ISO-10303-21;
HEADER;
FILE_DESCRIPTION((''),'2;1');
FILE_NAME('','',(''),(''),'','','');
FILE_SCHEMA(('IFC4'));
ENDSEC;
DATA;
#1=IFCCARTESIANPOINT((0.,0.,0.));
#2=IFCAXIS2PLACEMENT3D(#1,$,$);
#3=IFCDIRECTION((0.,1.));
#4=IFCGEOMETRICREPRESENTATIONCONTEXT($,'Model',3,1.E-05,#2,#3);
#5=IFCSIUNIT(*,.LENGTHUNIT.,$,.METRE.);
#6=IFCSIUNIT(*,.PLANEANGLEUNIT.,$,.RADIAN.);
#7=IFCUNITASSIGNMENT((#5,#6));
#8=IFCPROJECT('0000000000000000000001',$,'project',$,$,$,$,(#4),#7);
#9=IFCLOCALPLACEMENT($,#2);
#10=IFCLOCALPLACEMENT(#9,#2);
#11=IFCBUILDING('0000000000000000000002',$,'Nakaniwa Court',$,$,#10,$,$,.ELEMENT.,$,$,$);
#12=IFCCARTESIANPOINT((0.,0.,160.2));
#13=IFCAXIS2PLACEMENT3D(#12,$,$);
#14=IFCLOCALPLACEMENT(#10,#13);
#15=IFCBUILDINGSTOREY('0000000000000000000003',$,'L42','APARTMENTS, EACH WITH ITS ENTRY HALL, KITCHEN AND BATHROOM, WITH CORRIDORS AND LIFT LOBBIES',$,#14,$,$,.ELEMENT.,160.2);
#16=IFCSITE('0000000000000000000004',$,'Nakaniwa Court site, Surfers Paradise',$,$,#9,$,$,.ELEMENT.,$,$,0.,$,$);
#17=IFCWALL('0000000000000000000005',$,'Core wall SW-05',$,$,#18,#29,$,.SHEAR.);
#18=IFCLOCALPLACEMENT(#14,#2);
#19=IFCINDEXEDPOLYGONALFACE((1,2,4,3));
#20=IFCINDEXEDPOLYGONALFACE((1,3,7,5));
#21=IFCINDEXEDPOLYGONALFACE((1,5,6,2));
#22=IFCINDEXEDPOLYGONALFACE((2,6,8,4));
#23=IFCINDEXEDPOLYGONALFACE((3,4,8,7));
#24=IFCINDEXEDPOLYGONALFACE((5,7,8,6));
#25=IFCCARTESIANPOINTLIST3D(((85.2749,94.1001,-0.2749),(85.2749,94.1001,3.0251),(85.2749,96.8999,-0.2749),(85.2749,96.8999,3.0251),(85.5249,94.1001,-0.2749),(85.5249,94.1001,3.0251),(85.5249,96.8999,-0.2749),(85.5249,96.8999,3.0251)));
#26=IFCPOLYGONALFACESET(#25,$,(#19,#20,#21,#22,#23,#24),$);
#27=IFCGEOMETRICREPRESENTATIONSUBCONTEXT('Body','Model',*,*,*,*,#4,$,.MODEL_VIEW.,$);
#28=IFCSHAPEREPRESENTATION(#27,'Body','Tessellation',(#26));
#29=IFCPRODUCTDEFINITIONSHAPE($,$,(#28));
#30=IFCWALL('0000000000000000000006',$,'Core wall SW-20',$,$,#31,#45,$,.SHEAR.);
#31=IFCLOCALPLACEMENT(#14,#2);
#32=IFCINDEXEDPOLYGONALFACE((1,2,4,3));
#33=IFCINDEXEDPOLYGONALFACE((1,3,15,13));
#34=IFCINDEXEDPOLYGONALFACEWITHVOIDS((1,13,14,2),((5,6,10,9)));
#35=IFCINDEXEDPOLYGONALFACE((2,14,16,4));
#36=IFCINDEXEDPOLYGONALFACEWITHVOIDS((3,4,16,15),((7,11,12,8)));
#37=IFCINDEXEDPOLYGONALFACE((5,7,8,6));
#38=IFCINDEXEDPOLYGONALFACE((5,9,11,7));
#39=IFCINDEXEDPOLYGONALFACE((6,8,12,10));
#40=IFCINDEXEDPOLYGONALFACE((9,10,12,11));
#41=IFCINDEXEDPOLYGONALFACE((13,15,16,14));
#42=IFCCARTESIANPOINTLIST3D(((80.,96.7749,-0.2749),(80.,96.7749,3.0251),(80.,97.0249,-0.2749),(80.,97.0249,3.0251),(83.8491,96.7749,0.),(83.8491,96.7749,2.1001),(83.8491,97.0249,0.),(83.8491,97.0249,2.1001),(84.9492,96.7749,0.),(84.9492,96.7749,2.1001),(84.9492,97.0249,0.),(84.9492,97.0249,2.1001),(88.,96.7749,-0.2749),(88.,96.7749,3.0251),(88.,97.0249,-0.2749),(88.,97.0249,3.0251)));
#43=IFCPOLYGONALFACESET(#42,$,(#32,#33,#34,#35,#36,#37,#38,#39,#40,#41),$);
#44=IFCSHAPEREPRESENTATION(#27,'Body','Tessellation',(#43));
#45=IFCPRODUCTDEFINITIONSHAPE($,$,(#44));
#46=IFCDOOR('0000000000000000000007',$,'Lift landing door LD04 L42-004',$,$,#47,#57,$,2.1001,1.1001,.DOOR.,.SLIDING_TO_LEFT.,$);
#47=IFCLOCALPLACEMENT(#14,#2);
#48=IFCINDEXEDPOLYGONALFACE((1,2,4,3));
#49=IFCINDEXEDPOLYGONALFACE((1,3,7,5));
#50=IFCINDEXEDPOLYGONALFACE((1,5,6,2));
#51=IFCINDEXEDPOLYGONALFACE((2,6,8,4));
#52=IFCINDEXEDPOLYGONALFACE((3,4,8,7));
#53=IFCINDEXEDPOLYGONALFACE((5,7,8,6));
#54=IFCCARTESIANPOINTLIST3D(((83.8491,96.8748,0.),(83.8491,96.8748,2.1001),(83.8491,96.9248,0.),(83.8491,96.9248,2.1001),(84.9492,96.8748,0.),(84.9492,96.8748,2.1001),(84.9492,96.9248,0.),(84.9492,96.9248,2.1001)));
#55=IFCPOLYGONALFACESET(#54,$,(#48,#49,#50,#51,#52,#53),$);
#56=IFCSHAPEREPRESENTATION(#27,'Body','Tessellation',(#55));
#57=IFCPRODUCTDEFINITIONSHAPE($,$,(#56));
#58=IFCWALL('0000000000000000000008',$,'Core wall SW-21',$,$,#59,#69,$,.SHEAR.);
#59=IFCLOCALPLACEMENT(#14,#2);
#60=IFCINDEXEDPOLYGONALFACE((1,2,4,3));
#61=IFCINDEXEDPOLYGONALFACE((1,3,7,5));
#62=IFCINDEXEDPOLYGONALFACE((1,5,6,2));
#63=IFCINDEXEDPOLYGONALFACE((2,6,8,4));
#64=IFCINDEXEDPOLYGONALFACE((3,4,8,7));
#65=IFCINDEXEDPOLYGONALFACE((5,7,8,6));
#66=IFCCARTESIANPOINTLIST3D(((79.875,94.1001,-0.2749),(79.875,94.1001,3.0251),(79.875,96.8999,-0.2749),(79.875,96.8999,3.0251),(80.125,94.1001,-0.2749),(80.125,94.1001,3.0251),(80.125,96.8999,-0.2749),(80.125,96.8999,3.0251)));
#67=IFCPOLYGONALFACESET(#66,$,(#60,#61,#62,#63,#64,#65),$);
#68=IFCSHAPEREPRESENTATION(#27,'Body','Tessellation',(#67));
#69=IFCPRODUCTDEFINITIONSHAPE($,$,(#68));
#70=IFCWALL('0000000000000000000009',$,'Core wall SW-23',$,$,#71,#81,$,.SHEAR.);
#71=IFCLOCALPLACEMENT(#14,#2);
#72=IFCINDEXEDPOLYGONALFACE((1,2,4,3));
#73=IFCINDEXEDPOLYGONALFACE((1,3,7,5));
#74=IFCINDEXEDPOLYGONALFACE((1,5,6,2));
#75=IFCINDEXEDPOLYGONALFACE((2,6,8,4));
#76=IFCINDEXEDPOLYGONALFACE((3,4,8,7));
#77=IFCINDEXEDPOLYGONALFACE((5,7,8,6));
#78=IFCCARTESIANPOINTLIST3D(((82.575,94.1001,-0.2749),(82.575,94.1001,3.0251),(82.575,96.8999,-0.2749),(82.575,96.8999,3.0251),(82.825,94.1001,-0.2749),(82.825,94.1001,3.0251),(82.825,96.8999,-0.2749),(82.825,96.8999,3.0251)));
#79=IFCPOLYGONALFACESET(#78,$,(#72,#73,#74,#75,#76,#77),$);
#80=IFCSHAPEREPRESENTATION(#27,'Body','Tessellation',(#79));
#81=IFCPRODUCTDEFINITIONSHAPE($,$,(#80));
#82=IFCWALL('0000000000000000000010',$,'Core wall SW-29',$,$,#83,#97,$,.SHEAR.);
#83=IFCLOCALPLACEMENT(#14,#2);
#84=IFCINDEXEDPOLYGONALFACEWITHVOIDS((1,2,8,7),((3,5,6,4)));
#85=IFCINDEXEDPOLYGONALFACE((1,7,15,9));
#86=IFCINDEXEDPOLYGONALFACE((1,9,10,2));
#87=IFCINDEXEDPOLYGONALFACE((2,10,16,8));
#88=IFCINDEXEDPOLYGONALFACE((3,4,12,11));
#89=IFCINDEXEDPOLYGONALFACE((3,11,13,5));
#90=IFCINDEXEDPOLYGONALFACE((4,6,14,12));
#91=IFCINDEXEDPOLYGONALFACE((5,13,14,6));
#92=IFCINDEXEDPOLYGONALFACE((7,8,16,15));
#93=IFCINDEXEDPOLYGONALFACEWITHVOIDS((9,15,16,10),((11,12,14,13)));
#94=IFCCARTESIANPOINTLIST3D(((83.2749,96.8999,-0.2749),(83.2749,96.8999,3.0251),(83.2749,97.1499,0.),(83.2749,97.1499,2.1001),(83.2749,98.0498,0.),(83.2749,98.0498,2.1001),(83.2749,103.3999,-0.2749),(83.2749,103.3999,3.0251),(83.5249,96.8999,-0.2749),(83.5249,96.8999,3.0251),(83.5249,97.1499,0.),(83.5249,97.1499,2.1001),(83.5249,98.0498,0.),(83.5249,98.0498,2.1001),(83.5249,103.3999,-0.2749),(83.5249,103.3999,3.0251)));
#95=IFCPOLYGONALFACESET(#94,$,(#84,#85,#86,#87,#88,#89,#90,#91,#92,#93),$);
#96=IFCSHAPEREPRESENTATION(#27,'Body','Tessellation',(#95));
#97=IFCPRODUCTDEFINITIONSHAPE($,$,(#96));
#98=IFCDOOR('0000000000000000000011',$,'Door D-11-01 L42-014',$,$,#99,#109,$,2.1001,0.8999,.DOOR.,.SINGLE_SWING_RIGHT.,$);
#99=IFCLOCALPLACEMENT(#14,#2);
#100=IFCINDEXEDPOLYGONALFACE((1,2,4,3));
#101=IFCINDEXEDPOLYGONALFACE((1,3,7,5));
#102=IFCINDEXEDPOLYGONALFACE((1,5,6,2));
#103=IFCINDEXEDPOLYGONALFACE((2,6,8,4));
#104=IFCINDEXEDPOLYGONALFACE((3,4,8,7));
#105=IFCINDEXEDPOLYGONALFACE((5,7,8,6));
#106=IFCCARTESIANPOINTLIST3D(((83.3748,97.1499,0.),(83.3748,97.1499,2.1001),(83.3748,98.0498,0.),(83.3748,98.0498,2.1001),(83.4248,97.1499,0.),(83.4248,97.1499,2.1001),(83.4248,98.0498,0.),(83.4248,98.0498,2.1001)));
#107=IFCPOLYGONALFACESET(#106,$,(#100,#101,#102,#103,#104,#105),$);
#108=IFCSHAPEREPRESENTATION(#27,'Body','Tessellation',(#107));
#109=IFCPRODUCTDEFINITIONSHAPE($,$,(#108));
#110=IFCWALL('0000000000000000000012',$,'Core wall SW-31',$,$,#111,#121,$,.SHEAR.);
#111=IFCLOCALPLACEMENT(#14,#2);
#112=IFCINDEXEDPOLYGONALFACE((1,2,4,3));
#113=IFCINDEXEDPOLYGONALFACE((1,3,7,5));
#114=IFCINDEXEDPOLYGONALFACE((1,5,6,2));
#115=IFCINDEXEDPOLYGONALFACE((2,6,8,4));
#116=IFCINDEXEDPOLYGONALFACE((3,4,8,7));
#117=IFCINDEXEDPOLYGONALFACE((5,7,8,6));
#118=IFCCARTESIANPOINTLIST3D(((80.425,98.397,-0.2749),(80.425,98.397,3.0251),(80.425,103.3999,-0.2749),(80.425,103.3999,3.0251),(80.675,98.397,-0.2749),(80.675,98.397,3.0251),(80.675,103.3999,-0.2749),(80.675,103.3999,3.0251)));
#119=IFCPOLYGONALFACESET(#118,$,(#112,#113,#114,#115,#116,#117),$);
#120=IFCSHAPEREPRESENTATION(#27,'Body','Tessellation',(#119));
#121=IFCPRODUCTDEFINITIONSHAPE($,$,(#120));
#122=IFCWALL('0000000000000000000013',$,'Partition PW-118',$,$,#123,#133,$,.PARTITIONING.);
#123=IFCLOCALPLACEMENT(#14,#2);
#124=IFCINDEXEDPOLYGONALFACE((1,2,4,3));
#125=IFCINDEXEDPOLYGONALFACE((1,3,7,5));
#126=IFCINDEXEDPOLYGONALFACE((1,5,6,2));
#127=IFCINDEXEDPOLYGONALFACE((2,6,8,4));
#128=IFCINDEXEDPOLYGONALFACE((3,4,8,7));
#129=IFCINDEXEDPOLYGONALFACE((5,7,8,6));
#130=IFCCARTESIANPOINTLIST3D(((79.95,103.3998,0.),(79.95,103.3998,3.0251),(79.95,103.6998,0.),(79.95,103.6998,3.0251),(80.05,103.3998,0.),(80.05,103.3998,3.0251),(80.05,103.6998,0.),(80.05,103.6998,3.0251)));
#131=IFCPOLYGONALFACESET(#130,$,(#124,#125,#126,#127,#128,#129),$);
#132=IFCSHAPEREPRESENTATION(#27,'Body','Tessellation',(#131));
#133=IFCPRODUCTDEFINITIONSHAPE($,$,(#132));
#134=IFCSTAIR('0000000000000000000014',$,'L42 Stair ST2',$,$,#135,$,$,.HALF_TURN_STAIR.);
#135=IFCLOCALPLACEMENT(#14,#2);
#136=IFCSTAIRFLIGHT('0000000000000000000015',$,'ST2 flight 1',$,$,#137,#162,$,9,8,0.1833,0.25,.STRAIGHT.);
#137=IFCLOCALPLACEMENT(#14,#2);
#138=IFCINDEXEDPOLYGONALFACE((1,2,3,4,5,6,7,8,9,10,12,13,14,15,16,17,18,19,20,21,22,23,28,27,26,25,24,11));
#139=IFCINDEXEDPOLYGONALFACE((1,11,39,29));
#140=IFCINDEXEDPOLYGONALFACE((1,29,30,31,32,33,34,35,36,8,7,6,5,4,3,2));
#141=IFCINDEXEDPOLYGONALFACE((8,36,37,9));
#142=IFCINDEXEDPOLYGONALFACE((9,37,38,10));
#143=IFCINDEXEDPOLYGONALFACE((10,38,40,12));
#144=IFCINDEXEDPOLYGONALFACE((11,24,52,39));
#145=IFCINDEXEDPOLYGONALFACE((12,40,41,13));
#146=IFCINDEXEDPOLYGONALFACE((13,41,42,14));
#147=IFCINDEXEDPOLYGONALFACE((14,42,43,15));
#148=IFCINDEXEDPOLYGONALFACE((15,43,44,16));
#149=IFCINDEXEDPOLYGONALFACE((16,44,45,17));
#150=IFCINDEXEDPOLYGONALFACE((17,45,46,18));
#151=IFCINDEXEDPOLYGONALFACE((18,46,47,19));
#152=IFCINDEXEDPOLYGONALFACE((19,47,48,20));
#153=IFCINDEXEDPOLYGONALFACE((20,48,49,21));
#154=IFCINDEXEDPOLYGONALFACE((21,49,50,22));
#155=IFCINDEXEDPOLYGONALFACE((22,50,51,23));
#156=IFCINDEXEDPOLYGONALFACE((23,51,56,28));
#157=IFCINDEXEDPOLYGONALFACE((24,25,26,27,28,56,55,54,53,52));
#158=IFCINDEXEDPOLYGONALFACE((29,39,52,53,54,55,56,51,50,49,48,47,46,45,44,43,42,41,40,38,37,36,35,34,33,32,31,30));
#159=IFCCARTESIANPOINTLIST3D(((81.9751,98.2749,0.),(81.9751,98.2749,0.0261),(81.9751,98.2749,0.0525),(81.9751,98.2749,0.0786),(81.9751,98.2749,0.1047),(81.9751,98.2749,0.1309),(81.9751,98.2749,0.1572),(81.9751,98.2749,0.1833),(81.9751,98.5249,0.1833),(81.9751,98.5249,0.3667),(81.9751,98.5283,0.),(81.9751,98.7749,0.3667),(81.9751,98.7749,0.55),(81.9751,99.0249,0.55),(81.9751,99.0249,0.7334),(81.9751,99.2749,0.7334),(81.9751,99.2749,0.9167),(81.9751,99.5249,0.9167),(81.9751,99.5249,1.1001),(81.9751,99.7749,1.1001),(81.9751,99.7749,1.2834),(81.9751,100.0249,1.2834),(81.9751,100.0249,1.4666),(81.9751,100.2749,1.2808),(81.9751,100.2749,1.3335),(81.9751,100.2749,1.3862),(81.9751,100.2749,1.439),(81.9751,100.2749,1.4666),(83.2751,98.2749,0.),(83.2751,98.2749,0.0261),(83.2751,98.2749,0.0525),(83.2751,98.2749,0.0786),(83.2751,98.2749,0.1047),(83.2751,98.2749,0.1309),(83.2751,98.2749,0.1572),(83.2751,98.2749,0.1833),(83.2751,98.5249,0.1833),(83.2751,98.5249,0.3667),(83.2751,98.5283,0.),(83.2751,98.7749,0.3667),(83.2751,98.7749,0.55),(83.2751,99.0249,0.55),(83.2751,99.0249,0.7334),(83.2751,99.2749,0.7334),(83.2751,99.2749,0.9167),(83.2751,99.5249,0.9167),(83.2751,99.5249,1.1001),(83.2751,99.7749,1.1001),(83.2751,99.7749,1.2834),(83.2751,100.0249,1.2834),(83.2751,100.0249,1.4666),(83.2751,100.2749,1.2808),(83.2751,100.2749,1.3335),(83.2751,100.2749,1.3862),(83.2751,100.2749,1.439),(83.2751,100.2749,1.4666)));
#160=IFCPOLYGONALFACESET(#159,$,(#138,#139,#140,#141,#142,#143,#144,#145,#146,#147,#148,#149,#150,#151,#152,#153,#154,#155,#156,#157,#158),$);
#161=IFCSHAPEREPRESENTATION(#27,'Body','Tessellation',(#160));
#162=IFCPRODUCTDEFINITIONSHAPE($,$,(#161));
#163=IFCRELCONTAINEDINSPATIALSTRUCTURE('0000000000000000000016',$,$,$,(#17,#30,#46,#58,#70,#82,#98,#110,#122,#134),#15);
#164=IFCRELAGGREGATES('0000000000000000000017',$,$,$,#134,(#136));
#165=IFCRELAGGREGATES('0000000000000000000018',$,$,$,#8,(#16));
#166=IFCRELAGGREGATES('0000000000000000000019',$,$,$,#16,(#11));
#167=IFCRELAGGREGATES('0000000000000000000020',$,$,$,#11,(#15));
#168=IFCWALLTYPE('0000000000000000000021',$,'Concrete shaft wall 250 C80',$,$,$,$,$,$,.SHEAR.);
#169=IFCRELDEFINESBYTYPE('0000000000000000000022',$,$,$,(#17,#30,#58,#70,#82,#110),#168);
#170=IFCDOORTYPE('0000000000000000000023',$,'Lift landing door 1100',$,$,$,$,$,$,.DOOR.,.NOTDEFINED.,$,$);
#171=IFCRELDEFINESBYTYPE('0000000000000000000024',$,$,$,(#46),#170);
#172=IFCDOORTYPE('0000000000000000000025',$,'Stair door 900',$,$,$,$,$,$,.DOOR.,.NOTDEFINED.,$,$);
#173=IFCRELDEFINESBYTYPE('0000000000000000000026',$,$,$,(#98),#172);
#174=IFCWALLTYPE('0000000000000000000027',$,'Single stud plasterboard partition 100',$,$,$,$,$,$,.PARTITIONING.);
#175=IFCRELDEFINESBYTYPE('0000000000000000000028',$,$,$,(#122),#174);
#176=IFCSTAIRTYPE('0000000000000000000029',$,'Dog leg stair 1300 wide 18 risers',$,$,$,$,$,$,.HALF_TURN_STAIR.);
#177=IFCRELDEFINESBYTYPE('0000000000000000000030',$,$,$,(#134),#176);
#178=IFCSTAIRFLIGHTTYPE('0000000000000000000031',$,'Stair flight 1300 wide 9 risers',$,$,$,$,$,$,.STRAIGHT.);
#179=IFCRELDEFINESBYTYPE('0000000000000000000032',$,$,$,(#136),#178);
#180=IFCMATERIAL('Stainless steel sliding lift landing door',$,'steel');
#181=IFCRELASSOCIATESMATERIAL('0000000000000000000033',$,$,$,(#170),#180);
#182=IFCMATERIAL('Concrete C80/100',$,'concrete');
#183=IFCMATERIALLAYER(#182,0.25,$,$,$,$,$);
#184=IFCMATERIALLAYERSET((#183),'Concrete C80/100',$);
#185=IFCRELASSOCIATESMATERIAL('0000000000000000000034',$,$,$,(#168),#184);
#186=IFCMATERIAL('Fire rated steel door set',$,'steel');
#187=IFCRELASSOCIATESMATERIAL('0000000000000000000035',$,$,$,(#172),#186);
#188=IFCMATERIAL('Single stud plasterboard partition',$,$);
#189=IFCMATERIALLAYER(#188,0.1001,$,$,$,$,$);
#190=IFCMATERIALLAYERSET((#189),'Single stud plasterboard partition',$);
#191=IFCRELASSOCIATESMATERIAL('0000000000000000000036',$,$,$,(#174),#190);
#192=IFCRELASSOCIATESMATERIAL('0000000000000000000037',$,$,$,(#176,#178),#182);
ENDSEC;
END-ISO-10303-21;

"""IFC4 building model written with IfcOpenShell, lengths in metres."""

from ifc_helpers import new_model, si_unit, direction, frame, frame_2d, origin, place, context, subcontext, project, spatial, polyline, rectangle, outline, extrude, material, layer, layer_set, type_object, element, fill, aggregate, save


model = new_model("IFC4")

# Units and contexts
model_context = context("Model", 3, precision=1e-05, world=origin(), true_north=direction((0.0, 1.0)))
body_context = subcontext(model_context, "Body", "Model", "MODEL_VIEW")
ifc_project = project(units=[si_unit("LENGTHUNIT", "METRE"), si_unit("PLANEANGLEUNIT", "RADIAN")], contexts=[model_context])

# Site, building, storey
site_placement = place(None, origin())
site = spatial("IfcSite", under=ifc_project, at=site_placement, Name="Nakaniwa Court site, Surfers Paradise", CompositionType="ELEMENT", RefElevation=0.0)
building_placement = place(site_placement, origin())
building = spatial("IfcBuilding", under=site, at=building_placement, Name="Nakaniwa Court", CompositionType="ELEMENT")
storey_placement = place(building_placement, frame((0.0, 0.0, 160.2)))
storey = spatial("IfcBuildingStorey", under=building, at=storey_placement, Name="L42", Description="APARTMENTS, EACH WITH ITS ENTRY HALL, KITCHEN AND BATHROOM, WITH CORRIDORS AND LIFT LOBBIES", CompositionType="ELEMENT", Elevation=160.2)

# Shared definitions
ifc_material_1 = material(Name="Fire rated steel door set", Category="steel")
ifc_material_2 = material(Name="Concrete C80/100", Category="concrete")
ifc_material_3 = material(Name="Stainless steel sliding lift landing door", Category="steel")
door_type_1 = type_object("IfcDoorType", Name="Lift landing door 1100", OperationType="NOTDEFINED", PredefinedType="DOOR", material=ifc_material_3)

# Wall
ifc_layer_1 = layer(ifc_material_2, 0.25)
ifc_layer_set_1 = layer_set([ifc_layer_1], Name="Concrete C80/100")
wall_type_1 = type_object("IfcWallType", Name="Concrete shaft wall 250 C80", PredefinedType="SHEAR", material=ifc_layer_set_1)
wall_1_placement = place(storey_placement, frame((85.3999, 94.1001, -0.2749), z_axis=(0.0, 0.0, 1.0), x_axis=(0.0, 1.0, 0.0)))
element("IfcWall", 1, at=wall_1_placement, inside=storey, type_object=wall_type_1, Name="Core wall SW-05", PredefinedType="SHEAR", context=body_context, shape_type="SweptSolid", body=[
    extrude(rectangle(XDim=2.7998, YDim=0.25, at=frame_2d((1.3999, 0.0))), origin(), (0.0, 0.0, 1.0), 3.3),
])

# Wall, opening, door
wall_2_placement = place(storey_placement, frame((80.0, 96.8999, -0.2749), z_axis=(0.0, 0.0, 1.0), x_axis=(1.0, 0.0, 0.0)))
wall_2 = element("IfcWall", 2, at=wall_2_placement, inside=storey, type_object=wall_type_1, Name="Core wall SW-20", PredefinedType="SHEAR", context=body_context, shape_type="SweptSolid", body=[
    extrude(rectangle(XDim=8.0, YDim=0.25, at=frame_2d((4.0, 0.0))), origin(), (0.0, 0.0, 1.0), 3.3),
])
opening_1_placement = place(wall_2_placement, frame((3.8491, 0.0, 0.2749)))
opening_1 = element("IfcOpeningElement", 3, at=opening_1_placement, cuts=wall_2, PredefinedType="OPENING", context=body_context, shape_type="SweptSolid", body=[
    extrude(rectangle(XDim=1.1001, YDim=2.1001, at=frame_2d((0.55, 1.05))), frame((0.0, 0.135, 0.0), z_axis=(0.0, -1.0, 0.0), x_axis=(1.0, 0.0, 0.0)), (0.0, 0.0, 1.0), 0.27),
])
door_1_placement = place(opening_1_placement, origin())
door_1 = element("IfcDoor", 4, at=door_1_placement, inside=storey, type_object=door_type_1, Name="Lift landing door LD04 L42-004", OperationType="SLIDING_TO_LEFT", OverallHeight=2.1001, OverallWidth=1.1001, PredefinedType="DOOR", context=body_context, shape_type="SweptSolid", body=[
    extrude(rectangle(XDim=1.1001, YDim=2.1001, at=frame_2d((0.55, 1.05))), frame((0.0, 0.0249, 0.0), z_axis=(0.0, -1.0, 0.0), x_axis=(1.0, 0.0, 0.0)), (0.0, 0.0, 1.0), 0.05),
])
fill(opening_1, door_1)

# Walls
for number, where, z_axis, x_axis, name in (
    (5, (80.0, 94.1001, -0.2749), (0.0, 0.0, 1.0), (0.0, 1.0, 0.0), "Core wall SW-21"),
    (6, (82.7, 94.1001, -0.2749), (0.0, 0.0, 1.0), (0.0, 1.0, 0.0), "Core wall SW-23"),
):
    element("IfcWall", number, at=place(storey_placement, frame(where, z_axis=z_axis, x_axis=x_axis)), inside=storey, type_object=wall_type_1, Name=name, PredefinedType="SHEAR", context=body_context, shape_type="SweptSolid", body=[
        extrude(rectangle(XDim=2.7998, YDim=0.25, at=frame_2d((1.3999, 0.0))), origin(), (0.0, 0.0, 1.0), 3.3),
    ])

# Wall, opening, door
wall_3_placement = place(storey_placement, frame((83.3999, 103.3999, -0.2749), z_axis=(0.0, 0.0, 1.0), x_axis=(0.0, -1.0, 0.0)))
wall_3 = element("IfcWall", 7, at=wall_3_placement, inside=storey, type_object=wall_type_1, Name="Core wall SW-29", PredefinedType="SHEAR", context=body_context, shape_type="SweptSolid", body=[
    extrude(rectangle(XDim=6.5, YDim=0.25, at=frame_2d((3.25, 0.0))), origin(), (0.0, 0.0, 1.0), 3.3),
])
opening_2_placement = place(wall_3_placement, frame((5.3501, 0.0, 0.2749)))
opening_2 = element("IfcOpeningElement", 8, at=opening_2_placement, cuts=wall_3, PredefinedType="OPENING", context=body_context, shape_type="SweptSolid", body=[
    extrude(rectangle(XDim=0.8999, YDim=2.1001, at=frame_2d((0.45, 1.05))), frame((0.0, 0.135, 0.0), z_axis=(0.0, -1.0, 0.0), x_axis=(1.0, 0.0, 0.0)), (0.0, 0.0, 1.0), 0.27),
])
door_type_2 = type_object("IfcDoorType", Name="Stair door 900", OperationType="NOTDEFINED", PredefinedType="DOOR", material=ifc_material_1)
door_2_placement = place(opening_2_placement, origin())
door_2 = element("IfcDoor", 9, at=door_2_placement, inside=storey, type_object=door_type_2, Name="Door D-11-01 L42-014", OperationType="SINGLE_SWING_RIGHT", OverallHeight=2.1001, OverallWidth=0.8999, PredefinedType="DOOR", context=body_context, shape_type="SweptSolid", body=[
    extrude(rectangle(XDim=0.8999, YDim=2.1001, at=frame_2d((0.45, 1.05))), frame((0.0, 0.0249, 0.0), z_axis=(0.0, -1.0, 0.0), x_axis=(1.0, 0.0, 0.0)), (0.0, 0.0, 1.0), 0.05),
])
fill(opening_2, door_2)

# Walls
wall_4_placement = place(storey_placement, frame((80.55, 98.397, -0.2749), z_axis=(0.0, 0.0, 1.0), x_axis=(0.0, 1.0, 0.0)))
element("IfcWall", 10, at=wall_4_placement, inside=storey, type_object=wall_type_1, Name="Core wall SW-31", PredefinedType="SHEAR", context=body_context, shape_type="SweptSolid", body=[
    extrude(rectangle(XDim=5.0029, YDim=0.25, at=frame_2d((2.5015, 0.0))), origin(), (0.0, 0.0, 1.0), 3.3),
])
ifc_material_4 = material(Name="Single stud plasterboard partition")
ifc_layer_2 = layer(ifc_material_4, 0.1001)
ifc_layer_set_2 = layer_set([ifc_layer_2], Name="Single stud plasterboard partition")
wall_type_2 = type_object("IfcWallType", Name="Single stud plasterboard partition 100", PredefinedType="PARTITIONING", material=ifc_layer_set_2)
wall_5_placement = place(storey_placement, frame((80.0, 103.3999, 0.0), z_axis=(0.0, 0.0, 1.0), x_axis=(0.0, 1.0, 0.0)))
element("IfcWall", 11, at=wall_5_placement, inside=storey, type_object=wall_type_2, Name="Partition PW-118", PredefinedType="PARTITIONING", context=body_context, shape_type="SweptSolid", body=[
    extrude(rectangle(XDim=0.3, YDim=0.1001, at=frame_2d((0.1499, 0.0))), origin(), (0.0, 0.0, 1.0), 3.0251),
])

# Stair, stair flight
stair_type = type_object("IfcStairType", Name="Dog leg stair 1300 wide 18 risers", PredefinedType="HALF_TURN_STAIR", material=ifc_material_2)
stair_placement = place(storey_placement, origin())
stair = element("IfcStair", 12, at=stair_placement, inside=storey, type_object=stair_type, Name="L42 Stair ST2", PredefinedType="HALF_TURN_STAIR")
stair_flight_type = type_object("IfcStairFlightType", Name="Stair flight 1300 wide 9 risers", PredefinedType="STRAIGHT", material=ifc_material_2)
stair_flight_1_placement = place(storey_placement, frame((82.625, 98.2749, 0.0), z_axis=(0.0, 0.0, 1.0), x_axis=(0.0, 1.0, 0.0)))
stair_flight_1 = element("IfcStairFlight", 13, at=stair_flight_1_placement, type_object=stair_flight_type, Name="ST2 flight 1", NumberOfRisers=9, NumberOfTreads=8, PredefinedType="STRAIGHT", RiserHeight=0.1833, TreadLength=0.25, context=body_context, shape_type="SweptSolid", body=[
    extrude(outline(polyline([(0.0, 0.0), (0.0, 0.0261), (0.0, 0.0525), (0.0, 0.0786), (0.0, 0.1047), (0.0, 0.1309), (0.0, 0.1572), (0.0, 0.1833), (0.25, 0.1833), (0.25, 0.3667), (0.5, 0.3667), (0.5, 0.55), (0.75, 0.55), (0.75, 0.7334), (1.0, 0.7334), (1.0, 0.9167), (1.25, 0.9167), (1.25, 1.1001), (1.5, 1.1001), (1.5, 1.2834), (1.75, 1.2834), (1.75, 1.4666), (2.0, 1.4666), (2.0, 1.6499), (2.0, 1.5972), (2.0, 1.5444), (2.0, 1.4917), (2.0, 1.439), (2.0, 1.3862), (2.0, 1.3335), (2.0, 1.2808), (0.2534, 0.0), (0.0, 0.0)])), frame((0.0, 0.6499, 0.0), z_axis=(0.0, -1.0, 0.0), x_axis=(1.0, 0.0, 0.0)), (0.0, 0.0, 1.0), 1.3),
])
aggregate(stair, [stair_flight_1])

save(model, "model.ifc")
